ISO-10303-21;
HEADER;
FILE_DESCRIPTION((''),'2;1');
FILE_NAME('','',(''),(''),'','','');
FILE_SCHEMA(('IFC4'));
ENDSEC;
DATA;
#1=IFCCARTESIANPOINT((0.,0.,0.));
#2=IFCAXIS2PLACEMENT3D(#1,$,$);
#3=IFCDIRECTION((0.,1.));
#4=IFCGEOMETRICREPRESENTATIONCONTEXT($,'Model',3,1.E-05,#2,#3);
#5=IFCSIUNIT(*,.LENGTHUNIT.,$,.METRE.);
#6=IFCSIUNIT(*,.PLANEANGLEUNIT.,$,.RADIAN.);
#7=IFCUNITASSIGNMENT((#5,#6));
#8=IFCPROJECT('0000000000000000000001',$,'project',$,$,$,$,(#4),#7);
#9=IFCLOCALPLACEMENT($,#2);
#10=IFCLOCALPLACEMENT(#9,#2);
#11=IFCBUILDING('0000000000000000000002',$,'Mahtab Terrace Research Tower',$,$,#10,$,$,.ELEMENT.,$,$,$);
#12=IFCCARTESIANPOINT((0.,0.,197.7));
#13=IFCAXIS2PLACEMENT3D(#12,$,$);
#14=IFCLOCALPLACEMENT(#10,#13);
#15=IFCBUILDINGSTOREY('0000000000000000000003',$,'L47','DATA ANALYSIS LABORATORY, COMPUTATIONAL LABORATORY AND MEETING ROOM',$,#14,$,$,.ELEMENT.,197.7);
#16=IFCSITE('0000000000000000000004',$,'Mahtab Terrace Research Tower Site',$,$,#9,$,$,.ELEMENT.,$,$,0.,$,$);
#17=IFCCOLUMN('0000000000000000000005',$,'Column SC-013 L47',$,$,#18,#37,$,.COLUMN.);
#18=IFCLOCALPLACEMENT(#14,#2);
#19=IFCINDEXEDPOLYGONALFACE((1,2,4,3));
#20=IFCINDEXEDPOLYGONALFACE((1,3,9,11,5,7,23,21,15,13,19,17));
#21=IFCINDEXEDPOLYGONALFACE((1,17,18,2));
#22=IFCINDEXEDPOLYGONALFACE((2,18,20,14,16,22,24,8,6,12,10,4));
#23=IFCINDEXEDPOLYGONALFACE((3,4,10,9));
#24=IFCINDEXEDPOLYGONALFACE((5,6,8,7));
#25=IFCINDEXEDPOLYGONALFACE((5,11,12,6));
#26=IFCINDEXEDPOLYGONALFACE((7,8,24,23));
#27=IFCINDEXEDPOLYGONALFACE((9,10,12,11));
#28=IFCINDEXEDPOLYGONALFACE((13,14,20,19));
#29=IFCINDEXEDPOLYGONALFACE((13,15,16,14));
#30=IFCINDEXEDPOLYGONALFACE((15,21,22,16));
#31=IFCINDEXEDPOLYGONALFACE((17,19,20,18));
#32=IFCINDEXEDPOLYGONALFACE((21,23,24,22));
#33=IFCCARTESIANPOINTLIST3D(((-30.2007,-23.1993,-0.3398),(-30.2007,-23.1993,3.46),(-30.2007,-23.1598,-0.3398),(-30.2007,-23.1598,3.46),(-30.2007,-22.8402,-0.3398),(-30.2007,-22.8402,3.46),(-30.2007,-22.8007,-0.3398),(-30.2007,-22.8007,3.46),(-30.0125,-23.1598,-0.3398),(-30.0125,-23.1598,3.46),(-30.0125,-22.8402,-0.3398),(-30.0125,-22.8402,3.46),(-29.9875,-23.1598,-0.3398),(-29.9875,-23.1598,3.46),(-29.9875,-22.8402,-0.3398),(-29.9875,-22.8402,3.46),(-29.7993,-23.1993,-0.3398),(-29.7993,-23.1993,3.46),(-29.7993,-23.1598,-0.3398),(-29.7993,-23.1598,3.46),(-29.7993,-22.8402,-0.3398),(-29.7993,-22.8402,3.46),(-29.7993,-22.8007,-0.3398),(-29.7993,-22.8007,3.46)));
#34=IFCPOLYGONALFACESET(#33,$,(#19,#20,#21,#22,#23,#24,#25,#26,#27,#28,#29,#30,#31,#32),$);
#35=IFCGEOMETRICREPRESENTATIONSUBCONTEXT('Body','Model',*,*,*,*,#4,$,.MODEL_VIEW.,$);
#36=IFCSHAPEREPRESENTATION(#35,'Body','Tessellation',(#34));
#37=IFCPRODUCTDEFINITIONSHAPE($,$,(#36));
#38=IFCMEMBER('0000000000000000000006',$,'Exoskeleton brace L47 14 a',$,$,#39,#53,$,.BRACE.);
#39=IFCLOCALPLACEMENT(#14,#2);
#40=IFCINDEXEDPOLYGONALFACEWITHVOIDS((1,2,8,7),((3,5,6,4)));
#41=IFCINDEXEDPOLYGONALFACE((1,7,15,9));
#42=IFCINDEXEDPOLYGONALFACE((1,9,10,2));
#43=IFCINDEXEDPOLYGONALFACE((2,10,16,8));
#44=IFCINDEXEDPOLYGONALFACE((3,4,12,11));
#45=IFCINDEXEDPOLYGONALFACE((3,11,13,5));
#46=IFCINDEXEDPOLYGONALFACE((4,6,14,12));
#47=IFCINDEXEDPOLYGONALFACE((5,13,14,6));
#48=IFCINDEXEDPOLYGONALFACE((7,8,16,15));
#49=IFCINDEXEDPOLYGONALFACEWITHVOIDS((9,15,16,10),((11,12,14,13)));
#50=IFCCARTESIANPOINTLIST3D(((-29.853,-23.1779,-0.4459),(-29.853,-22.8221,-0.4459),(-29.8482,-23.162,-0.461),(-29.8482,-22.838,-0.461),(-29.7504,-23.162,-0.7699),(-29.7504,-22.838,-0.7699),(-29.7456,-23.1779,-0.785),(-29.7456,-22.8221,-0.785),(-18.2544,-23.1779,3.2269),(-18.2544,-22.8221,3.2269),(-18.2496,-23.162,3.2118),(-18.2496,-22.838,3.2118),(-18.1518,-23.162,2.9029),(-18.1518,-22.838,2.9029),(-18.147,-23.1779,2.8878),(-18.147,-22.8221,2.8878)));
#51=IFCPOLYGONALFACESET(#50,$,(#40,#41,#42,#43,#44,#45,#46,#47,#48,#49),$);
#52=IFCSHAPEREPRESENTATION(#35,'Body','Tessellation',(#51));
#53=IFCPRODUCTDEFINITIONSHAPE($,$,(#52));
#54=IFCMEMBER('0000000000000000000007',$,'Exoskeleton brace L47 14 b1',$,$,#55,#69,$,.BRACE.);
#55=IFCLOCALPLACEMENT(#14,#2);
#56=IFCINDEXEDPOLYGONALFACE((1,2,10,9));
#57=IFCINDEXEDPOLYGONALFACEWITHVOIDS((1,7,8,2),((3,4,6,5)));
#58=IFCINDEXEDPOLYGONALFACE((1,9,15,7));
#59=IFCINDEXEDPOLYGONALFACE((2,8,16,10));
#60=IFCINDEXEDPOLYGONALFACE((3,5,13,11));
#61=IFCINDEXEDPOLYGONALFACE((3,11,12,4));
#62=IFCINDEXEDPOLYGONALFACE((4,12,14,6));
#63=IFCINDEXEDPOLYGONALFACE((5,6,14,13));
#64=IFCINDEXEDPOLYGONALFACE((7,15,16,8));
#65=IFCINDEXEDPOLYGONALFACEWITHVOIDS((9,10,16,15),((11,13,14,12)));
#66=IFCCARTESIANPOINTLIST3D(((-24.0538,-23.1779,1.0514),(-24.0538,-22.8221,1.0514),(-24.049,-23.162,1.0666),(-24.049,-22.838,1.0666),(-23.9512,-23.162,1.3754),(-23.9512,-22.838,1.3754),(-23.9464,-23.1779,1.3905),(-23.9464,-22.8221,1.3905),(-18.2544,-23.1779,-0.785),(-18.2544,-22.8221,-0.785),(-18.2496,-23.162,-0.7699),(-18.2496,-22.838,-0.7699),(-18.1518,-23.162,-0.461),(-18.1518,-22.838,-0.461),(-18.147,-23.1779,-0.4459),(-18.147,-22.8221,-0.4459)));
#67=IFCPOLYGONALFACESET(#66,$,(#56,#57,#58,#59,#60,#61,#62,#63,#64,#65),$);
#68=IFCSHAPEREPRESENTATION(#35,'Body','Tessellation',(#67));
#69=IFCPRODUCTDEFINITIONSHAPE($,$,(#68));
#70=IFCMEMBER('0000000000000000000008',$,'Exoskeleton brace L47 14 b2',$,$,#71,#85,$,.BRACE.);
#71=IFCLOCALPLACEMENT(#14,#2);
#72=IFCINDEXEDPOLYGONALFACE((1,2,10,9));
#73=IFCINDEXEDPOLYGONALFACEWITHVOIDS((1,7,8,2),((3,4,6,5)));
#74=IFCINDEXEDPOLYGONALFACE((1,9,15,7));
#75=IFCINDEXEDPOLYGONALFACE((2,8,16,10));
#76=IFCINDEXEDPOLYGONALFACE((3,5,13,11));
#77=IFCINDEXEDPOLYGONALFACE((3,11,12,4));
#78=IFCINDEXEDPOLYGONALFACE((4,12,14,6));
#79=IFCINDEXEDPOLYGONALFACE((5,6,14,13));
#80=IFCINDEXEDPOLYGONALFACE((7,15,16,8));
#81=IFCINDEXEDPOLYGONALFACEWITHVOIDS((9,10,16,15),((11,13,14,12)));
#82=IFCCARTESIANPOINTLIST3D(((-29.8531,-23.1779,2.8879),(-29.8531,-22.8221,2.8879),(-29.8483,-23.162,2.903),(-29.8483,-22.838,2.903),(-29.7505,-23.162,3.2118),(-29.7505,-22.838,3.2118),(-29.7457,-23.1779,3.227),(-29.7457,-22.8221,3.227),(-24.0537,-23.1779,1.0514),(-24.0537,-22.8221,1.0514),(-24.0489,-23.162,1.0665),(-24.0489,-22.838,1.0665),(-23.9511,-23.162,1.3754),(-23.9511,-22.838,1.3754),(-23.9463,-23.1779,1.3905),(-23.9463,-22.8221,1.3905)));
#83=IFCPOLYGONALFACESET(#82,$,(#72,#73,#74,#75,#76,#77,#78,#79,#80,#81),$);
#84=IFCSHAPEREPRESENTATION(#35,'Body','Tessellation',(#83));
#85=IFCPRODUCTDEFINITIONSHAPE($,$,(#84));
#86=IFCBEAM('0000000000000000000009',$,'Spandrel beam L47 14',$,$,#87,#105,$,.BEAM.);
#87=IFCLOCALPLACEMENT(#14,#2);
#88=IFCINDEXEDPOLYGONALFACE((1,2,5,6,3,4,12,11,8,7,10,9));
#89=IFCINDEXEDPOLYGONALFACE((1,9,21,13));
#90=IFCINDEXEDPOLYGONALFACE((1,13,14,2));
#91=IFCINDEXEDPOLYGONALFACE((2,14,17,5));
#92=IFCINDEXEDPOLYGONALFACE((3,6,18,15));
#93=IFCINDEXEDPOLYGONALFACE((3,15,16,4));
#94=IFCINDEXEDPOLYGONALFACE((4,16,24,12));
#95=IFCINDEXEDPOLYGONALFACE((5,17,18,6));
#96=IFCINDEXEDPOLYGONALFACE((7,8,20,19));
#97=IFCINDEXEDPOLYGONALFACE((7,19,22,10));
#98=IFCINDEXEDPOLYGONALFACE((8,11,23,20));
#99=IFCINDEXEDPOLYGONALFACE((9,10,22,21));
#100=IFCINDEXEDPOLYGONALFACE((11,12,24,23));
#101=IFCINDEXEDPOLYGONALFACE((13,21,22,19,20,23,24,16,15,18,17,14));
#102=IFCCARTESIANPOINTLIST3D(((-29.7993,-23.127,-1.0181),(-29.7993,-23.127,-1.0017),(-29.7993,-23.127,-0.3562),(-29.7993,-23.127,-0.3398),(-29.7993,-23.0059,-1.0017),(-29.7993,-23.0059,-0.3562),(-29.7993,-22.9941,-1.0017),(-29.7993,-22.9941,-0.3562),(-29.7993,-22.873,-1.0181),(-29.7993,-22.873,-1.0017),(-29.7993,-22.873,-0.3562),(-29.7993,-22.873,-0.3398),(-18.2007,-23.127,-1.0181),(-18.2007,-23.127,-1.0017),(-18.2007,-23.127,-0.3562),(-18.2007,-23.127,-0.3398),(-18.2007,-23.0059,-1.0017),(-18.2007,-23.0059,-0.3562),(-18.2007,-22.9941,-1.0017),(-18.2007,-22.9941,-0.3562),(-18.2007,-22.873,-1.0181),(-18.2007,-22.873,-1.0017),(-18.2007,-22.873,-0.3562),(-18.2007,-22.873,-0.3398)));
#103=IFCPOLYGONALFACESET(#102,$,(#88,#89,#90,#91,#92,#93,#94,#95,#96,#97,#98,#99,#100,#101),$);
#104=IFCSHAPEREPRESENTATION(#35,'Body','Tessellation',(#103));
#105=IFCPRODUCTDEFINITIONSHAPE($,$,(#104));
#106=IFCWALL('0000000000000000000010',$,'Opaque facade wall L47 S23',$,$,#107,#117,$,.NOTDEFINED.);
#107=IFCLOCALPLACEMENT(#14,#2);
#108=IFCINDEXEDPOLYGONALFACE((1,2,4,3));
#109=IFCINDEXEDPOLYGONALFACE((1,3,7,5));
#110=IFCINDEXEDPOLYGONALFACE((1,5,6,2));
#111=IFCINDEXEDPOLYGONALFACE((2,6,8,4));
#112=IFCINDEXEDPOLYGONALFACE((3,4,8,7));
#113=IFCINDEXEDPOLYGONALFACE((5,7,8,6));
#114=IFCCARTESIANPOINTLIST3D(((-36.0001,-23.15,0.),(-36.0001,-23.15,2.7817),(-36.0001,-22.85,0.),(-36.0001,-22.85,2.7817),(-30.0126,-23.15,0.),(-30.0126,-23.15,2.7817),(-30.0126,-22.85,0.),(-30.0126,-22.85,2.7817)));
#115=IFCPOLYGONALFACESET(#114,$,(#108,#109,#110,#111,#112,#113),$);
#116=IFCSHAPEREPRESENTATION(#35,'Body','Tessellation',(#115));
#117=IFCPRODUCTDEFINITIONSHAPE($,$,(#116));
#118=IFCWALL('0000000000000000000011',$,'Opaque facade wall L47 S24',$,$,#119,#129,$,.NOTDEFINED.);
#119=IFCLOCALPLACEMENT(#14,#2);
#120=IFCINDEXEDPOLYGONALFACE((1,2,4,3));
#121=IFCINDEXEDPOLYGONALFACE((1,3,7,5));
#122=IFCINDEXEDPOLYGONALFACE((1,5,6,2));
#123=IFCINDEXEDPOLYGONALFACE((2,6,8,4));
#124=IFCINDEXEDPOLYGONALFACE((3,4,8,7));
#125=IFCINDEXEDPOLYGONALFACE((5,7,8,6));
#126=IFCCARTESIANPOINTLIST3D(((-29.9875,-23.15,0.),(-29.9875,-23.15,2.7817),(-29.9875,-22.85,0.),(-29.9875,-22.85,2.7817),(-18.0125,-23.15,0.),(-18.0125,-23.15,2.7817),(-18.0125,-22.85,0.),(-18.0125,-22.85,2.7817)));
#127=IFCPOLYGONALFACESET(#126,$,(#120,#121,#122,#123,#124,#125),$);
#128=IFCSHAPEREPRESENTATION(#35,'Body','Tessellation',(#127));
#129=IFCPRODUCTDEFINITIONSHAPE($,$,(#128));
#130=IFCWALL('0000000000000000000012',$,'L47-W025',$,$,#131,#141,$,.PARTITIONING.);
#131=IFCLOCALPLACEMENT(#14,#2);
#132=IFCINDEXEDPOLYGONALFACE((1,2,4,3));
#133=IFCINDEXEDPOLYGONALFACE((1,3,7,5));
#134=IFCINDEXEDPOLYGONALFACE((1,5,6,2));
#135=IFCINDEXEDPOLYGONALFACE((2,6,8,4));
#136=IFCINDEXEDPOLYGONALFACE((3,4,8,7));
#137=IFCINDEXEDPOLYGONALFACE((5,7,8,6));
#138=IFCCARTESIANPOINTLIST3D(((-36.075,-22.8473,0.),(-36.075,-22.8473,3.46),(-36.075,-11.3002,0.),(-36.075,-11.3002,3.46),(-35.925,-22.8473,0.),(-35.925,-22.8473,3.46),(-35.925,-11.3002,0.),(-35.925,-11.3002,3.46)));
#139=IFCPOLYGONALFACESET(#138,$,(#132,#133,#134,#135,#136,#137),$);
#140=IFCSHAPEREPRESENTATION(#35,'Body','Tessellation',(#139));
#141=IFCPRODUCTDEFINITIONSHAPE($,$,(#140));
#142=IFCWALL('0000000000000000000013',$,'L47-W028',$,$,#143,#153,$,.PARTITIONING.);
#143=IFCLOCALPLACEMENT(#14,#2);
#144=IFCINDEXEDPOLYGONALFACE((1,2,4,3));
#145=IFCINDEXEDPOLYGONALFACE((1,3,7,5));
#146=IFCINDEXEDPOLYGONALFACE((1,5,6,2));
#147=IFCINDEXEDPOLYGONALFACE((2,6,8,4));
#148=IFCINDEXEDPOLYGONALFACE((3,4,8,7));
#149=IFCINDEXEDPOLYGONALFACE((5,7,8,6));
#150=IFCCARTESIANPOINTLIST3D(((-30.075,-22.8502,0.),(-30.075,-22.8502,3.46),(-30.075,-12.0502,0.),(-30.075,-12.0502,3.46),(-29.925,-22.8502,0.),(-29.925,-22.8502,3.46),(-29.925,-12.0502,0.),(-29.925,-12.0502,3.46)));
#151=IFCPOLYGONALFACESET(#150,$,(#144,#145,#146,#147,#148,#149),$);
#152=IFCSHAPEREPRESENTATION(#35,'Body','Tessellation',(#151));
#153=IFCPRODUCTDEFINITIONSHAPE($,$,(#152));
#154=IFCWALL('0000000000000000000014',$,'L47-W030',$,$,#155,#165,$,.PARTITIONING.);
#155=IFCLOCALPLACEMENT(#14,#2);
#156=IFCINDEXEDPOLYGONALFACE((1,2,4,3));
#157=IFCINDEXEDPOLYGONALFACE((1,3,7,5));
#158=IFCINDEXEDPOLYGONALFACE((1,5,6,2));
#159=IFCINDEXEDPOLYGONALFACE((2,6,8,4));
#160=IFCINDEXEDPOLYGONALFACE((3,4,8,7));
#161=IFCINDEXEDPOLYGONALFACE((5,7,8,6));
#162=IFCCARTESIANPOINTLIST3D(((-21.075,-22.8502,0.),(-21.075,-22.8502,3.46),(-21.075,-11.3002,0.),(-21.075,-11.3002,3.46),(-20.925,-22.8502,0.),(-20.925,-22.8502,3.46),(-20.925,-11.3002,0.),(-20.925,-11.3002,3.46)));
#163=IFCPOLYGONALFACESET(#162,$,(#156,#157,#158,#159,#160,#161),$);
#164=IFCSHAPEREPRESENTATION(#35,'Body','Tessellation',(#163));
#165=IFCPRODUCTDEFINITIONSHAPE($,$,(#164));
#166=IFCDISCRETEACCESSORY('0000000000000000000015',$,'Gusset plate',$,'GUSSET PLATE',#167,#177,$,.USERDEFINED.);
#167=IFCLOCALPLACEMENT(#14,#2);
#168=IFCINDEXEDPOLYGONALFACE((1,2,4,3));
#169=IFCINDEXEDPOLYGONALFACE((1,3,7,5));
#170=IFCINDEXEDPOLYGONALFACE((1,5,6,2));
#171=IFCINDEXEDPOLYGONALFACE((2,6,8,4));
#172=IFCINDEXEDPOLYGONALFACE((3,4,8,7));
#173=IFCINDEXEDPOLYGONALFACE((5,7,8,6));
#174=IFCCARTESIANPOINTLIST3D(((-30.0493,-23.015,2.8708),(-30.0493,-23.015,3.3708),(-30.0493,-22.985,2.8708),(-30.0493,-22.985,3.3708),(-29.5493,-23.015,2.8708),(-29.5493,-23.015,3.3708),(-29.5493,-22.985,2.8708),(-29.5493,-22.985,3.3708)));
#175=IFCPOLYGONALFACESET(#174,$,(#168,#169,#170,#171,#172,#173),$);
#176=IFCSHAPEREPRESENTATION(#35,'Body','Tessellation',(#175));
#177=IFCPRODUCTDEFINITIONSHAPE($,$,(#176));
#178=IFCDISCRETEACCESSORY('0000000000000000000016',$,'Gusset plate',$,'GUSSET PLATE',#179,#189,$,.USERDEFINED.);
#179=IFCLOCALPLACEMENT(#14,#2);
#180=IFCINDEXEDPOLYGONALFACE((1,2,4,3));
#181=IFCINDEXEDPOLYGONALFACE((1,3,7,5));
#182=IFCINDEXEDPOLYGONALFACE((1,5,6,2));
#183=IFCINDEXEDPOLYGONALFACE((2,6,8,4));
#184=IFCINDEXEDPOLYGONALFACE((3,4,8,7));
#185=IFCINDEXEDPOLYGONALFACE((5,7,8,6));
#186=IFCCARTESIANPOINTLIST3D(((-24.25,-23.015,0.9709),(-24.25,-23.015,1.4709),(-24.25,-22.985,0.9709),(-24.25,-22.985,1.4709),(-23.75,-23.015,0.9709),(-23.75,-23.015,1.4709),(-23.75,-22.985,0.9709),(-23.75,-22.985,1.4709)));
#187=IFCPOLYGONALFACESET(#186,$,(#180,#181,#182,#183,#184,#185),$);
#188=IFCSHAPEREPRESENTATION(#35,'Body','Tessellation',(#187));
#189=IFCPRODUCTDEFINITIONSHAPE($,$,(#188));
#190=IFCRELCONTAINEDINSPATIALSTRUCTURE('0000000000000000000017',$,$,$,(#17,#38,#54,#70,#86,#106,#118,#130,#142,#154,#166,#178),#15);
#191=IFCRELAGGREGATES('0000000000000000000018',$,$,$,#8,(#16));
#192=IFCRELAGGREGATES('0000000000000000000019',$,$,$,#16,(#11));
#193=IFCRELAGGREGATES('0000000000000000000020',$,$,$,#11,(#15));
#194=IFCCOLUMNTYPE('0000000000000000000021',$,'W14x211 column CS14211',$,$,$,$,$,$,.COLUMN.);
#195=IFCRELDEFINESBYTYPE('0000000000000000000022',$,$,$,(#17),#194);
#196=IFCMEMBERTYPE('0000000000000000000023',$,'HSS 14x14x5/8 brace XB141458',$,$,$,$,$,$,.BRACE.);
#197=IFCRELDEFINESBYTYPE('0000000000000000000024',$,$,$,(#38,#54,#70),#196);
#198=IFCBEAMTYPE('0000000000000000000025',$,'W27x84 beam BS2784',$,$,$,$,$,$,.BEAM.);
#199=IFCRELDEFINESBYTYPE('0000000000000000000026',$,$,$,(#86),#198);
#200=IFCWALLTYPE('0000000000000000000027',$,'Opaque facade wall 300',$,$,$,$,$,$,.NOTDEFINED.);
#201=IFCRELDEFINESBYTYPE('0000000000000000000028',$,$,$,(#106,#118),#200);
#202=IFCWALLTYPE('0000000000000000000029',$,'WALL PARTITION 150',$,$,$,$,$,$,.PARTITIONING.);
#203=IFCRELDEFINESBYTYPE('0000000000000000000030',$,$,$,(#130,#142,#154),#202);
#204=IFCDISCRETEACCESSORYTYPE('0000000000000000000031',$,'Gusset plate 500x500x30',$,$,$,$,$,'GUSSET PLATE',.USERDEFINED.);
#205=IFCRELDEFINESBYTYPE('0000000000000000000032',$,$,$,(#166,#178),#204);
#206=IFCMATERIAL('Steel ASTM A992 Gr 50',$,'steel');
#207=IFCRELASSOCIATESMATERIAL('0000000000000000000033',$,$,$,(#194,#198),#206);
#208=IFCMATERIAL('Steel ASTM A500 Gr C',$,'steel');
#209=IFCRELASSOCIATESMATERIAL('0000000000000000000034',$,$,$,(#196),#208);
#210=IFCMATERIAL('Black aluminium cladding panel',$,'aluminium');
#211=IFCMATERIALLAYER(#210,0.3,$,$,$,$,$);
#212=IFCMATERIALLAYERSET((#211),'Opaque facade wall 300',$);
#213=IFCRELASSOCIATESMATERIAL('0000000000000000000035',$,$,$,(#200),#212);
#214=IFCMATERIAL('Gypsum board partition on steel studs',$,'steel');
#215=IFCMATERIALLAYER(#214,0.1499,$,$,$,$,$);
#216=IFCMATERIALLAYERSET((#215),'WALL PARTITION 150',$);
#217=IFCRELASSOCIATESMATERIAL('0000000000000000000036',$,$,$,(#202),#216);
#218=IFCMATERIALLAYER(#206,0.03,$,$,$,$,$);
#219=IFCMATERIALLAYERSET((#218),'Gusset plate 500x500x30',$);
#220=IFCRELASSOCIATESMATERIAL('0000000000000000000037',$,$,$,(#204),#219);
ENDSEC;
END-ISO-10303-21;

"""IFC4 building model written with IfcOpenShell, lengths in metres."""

from ifc_helpers import new_model, si_unit, direction, frame, frame_2d, origin, origin_2d, place, context, subcontext, project, spatial, rectangle, hollow_rectangle, i_section, extrude, material, layer, layer_set, material_profile, profile_set, type_object, element, save


model = new_model("IFC4")

# Units and contexts
model_context = context("Model", 3, precision=1e-05, world=origin(), true_north=direction((0.0, 1.0)))
body_context = subcontext(model_context, "Body", "Model", "MODEL_VIEW")
ifc_project = project(units=[si_unit("LENGTHUNIT", "METRE"), si_unit("PLANEANGLEUNIT", "RADIAN")], contexts=[model_context])

# Site, building, storey
site_placement = place(None, origin())
site = spatial("IfcSite", under=ifc_project, at=site_placement, Name="Mahtab Terrace Research Tower Site", CompositionType="ELEMENT", RefElevation=0.0)
building_placement = place(site_placement, origin())
building = spatial("IfcBuilding", under=site, at=building_placement, Name="Mahtab Terrace Research Tower", CompositionType="ELEMENT")
storey_placement = place(building_placement, frame((0.0, 0.0, 197.7)))
storey = spatial("IfcBuildingStorey", under=building, at=storey_placement, Name="L47", Description="DATA ANALYSIS LABORATORY, COMPUTATIONAL LABORATORY AND MEETING ROOM", CompositionType="ELEMENT", Elevation=197.7)

# Column
ifc_material_1 = material(Name="Steel ASTM A992 Gr 50", Category="steel")
ifc_material_profile_1 = material_profile(ifc_material_1, i_section(OverallWidth=0.4014, OverallDepth=0.3987, WebThickness=0.0249, FlangeThickness=0.0396, at=origin_2d()), Name="W14X211")
ifc_profile_set_1 = profile_set([ifc_material_profile_1], Name="Steel ASTM A992 Gr 50")
column_type = type_object("IfcColumnType", Name="W14x211 column CS14211", PredefinedType="COLUMN", material=ifc_profile_set_1)
column_placement = place(storey_placement, frame((-30.0, -23.0, -0.3398), z_axis=(0.0, 0.0, 1.0), x_axis=(1.0, 0.0, 0.0)))
element("IfcColumn", 1, at=column_placement, inside=storey, type_object=column_type, Name="Column SC-013 L47", PredefinedType="COLUMN", context=body_context, shape_type="SweptSolid", body=[
    extrude(i_section(OverallWidth=0.4014, OverallDepth=0.3987, WebThickness=0.0249, FlangeThickness=0.0396, at=origin_2d()), origin(), (0.0, 0.0, 1.0), 3.7998),
])

# Members
ifc_material_2 = material(Name="Steel ASTM A500 Gr C", Category="steel")
ifc_material_profile_2 = material_profile(ifc_material_2, hollow_rectangle(XDim=0.3557, YDim=0.3557, WallThickness=0.0159, at=origin_2d()), Name="HSS14X14X5/8")
ifc_profile_set_2 = profile_set([ifc_material_profile_2], Name="Steel ASTM A500 Gr C")
member_type = type_object("IfcMemberType", Name="HSS 14x14x5/8 brace XB141458", PredefinedType="BRACE", material=ifc_profile_set_2)
member_placement = place(storey_placement, frame((-29.7993, -23.0, -0.6155), z_axis=(0.953343, 0.0, 0.301888), x_axis=(0.0, 1.0, 0.0)))
element("IfcMember", 2, at=member_placement, inside=storey, type_object=member_type, Name="Exoskeleton brace L47 14 a", PredefinedType="BRACE", context=body_context, shape_type="SweptSolid", body=[
    extrude(hollow_rectangle(XDim=0.3557, YDim=0.3557, WallThickness=0.0159, at=origin_2d()), origin(), (0.0, 0.0, 1.0), 12.1663),
])
for number, where, z_axis, x_axis, name in (
    (3, (-18.2007, -23.0, -0.6155), (-0.953343, 0.0, 0.301888), (0.0, -1.0, 0.0), "Exoskeleton brace L47 14 b1"),
    (4, (-24.0, -23.0, 1.2209), (-0.953343, 0.0, 0.301888), (0.0, -1.0, 0.0), "Exoskeleton brace L47 14 b2"),
):
    element("IfcMember", number, at=place(storey_placement, frame(where, z_axis=z_axis, x_axis=x_axis)), inside=storey, type_object=member_type, Name=name, PredefinedType="BRACE", context=body_context, shape_type="SweptSolid", body=[
        extrude(hollow_rectangle(XDim=0.3557, YDim=0.3557, WallThickness=0.0159, at=origin_2d()), origin(), (0.0, 0.0, 1.0), 6.0833),
    ])

# Beam
ifc_material_profile_3 = material_profile(ifc_material_1, i_section(OverallWidth=0.2539, OverallDepth=0.6782, WebThickness=0.0117, FlangeThickness=0.0164, at=origin_2d()), Name="W27X84")
ifc_profile_set_3 = profile_set([ifc_material_profile_3], Name="Steel ASTM A992 Gr 50")
beam_type = type_object("IfcBeamType", Name="W27x84 beam BS2784", PredefinedType="BEAM", material=ifc_profile_set_3)
beam_placement = place(storey_placement, frame((-29.7993, -23.0, -0.679), z_axis=(1.0, 0.0, 0.0), x_axis=(0.0, 1.0, 0.0)))
element("IfcBeam", 5, at=beam_placement, inside=storey, type_object=beam_type, Name="Spandrel beam L47 14", PredefinedType="BEAM", context=body_context, shape_type="SweptSolid", body=[
    extrude(i_section(OverallWidth=0.2539, OverallDepth=0.6782, WebThickness=0.0117, FlangeThickness=0.0164, at=origin_2d()), origin(), (0.0, 0.0, 1.0), 11.5986),
])

# Walls
ifc_material_3 = material(Name="Black aluminium cladding panel", Category="aluminium")
ifc_layer_1 = layer(ifc_material_3, 0.3)
ifc_layer_set_1 = layer_set([ifc_layer_1], Name="Opaque facade wall 300")
wall_type_1 = type_object("IfcWallType", Name="Opaque facade wall 300", PredefinedType="NOTDEFINED", material=ifc_layer_set_1)
wall_1_placement = place(storey_placement, frame((-36.0, -23.0, 0.0), z_axis=(0.0, 0.0, 1.0), x_axis=(1.0, 0.0, 0.0)))
element("IfcWall", 6, at=wall_1_placement, inside=storey, type_object=wall_type_1, Name="Opaque facade wall L47 S23", PredefinedType="NOTDEFINED", context=body_context, shape_type="SweptSolid", body=[
    extrude(rectangle(XDim=5.9875, YDim=0.3, at=frame_2d((2.9937, 0.0))), origin(), (0.0, 0.0, 1.0), 2.7817),
])
wall_2_placement = place(storey_placement, frame((-29.9875, -23.0, 0.0), z_axis=(0.0, 0.0, 1.0), x_axis=(1.0, 0.0, 0.0)))
element("IfcWall", 7, at=wall_2_placement, inside=storey, type_object=wall_type_1, Name="Opaque facade wall L47 S24", PredefinedType="NOTDEFINED", context=body_context, shape_type="SweptSolid", body=[
    extrude(rectangle(XDim=11.9751, YDim=0.3, at=frame_2d((5.9875, 0.0))), origin(), (0.0, 0.0, 1.0), 2.7817),
])
ifc_material_4 = material(Name="Gypsum board partition on steel studs", Category="steel")
ifc_layer_2 = layer(ifc_material_4, 0.1499)
ifc_layer_set_2 = layer_set([ifc_layer_2], Name="WALL PARTITION 150")
wall_type_2 = type_object("IfcWallType", Name="WALL PARTITION 150", PredefinedType="PARTITIONING", material=ifc_layer_set_2)
wall_3_placement = place(storey_placement, frame((-36.0, -22.8472, 0.0), z_axis=(0.0, 0.0, 1.0), x_axis=(0.0, 1.0, 0.0)))
element("IfcWall", 8, at=wall_3_placement, inside=storey, type_object=wall_type_2, Name="L47-W025", PredefinedType="PARTITIONING", context=body_context, shape_type="SweptSolid", body=[
    extrude(rectangle(XDim=11.5471, YDim=0.1499, at=frame_2d((5.7734, 0.0))), origin(), (0.0, 0.0, 1.0), 3.46),
])
wall_4_placement = place(storey_placement, frame((-30.0, -22.8501, 0.0), z_axis=(0.0, 0.0, 1.0), x_axis=(0.0, 1.0, 0.0)))
element("IfcWall", 9, at=wall_4_placement, inside=storey, type_object=wall_type_2, Name="L47-W028", PredefinedType="PARTITIONING", context=body_context, shape_type="SweptSolid", body=[
    extrude(rectangle(XDim=10.8, YDim=0.1499, at=frame_2d((5.3999, 0.0))), origin(), (0.0, 0.0, 1.0), 3.46),
])
wall_5_placement = place(storey_placement, frame((-21.0, -22.8501, 0.0), z_axis=(0.0, 0.0, 1.0), x_axis=(0.0, 1.0, 0.0)))
element("IfcWall", 10, at=wall_5_placement, inside=storey, type_object=wall_type_2, Name="L47-W030", PredefinedType="PARTITIONING", context=body_context, shape_type="SweptSolid", body=[
    extrude(rectangle(XDim=11.55, YDim=0.1499, at=frame_2d((5.7749, 0.0))), origin(), (0.0, 0.0, 1.0), 3.46),
])

# Discrete accessories
ifc_layer_3 = layer(ifc_material_1, 0.03)
ifc_layer_set_3 = layer_set([ifc_layer_3], Name="Gusset plate 500x500x30")
discrete_accessory_type = type_object("IfcDiscreteAccessoryType", Name="Gusset plate 500x500x30", ElementType="GUSSET PLATE", PredefinedType="USERDEFINED", material=ifc_layer_set_3)
for number, where, z_axis, x_axis, name in (
    (11, (-29.7993, -23.0, 2.8708), (0.0, 0.0, 1.0), (1.0, 0.0, 0.0), "Gusset plate"),
    (12, (-24.0, -23.0, 0.9709), (0.0, 0.0, 1.0), (1.0, 0.0, 0.0), "Gusset plate"),
):
    element("IfcDiscreteAccessory", number, at=place(storey_placement, frame(where, z_axis=z_axis, x_axis=x_axis)), inside=storey, type_object=discrete_accessory_type, Name=name, ObjectType="GUSSET PLATE", PredefinedType="USERDEFINED", context=body_context, shape_type="SweptSolid", body=[
        extrude(rectangle(XDim=0.5, YDim=0.03, at=origin_2d()), origin(), (0.0, 0.0, 1.0), 0.5),
    ])

save(model, "model.ifc")
